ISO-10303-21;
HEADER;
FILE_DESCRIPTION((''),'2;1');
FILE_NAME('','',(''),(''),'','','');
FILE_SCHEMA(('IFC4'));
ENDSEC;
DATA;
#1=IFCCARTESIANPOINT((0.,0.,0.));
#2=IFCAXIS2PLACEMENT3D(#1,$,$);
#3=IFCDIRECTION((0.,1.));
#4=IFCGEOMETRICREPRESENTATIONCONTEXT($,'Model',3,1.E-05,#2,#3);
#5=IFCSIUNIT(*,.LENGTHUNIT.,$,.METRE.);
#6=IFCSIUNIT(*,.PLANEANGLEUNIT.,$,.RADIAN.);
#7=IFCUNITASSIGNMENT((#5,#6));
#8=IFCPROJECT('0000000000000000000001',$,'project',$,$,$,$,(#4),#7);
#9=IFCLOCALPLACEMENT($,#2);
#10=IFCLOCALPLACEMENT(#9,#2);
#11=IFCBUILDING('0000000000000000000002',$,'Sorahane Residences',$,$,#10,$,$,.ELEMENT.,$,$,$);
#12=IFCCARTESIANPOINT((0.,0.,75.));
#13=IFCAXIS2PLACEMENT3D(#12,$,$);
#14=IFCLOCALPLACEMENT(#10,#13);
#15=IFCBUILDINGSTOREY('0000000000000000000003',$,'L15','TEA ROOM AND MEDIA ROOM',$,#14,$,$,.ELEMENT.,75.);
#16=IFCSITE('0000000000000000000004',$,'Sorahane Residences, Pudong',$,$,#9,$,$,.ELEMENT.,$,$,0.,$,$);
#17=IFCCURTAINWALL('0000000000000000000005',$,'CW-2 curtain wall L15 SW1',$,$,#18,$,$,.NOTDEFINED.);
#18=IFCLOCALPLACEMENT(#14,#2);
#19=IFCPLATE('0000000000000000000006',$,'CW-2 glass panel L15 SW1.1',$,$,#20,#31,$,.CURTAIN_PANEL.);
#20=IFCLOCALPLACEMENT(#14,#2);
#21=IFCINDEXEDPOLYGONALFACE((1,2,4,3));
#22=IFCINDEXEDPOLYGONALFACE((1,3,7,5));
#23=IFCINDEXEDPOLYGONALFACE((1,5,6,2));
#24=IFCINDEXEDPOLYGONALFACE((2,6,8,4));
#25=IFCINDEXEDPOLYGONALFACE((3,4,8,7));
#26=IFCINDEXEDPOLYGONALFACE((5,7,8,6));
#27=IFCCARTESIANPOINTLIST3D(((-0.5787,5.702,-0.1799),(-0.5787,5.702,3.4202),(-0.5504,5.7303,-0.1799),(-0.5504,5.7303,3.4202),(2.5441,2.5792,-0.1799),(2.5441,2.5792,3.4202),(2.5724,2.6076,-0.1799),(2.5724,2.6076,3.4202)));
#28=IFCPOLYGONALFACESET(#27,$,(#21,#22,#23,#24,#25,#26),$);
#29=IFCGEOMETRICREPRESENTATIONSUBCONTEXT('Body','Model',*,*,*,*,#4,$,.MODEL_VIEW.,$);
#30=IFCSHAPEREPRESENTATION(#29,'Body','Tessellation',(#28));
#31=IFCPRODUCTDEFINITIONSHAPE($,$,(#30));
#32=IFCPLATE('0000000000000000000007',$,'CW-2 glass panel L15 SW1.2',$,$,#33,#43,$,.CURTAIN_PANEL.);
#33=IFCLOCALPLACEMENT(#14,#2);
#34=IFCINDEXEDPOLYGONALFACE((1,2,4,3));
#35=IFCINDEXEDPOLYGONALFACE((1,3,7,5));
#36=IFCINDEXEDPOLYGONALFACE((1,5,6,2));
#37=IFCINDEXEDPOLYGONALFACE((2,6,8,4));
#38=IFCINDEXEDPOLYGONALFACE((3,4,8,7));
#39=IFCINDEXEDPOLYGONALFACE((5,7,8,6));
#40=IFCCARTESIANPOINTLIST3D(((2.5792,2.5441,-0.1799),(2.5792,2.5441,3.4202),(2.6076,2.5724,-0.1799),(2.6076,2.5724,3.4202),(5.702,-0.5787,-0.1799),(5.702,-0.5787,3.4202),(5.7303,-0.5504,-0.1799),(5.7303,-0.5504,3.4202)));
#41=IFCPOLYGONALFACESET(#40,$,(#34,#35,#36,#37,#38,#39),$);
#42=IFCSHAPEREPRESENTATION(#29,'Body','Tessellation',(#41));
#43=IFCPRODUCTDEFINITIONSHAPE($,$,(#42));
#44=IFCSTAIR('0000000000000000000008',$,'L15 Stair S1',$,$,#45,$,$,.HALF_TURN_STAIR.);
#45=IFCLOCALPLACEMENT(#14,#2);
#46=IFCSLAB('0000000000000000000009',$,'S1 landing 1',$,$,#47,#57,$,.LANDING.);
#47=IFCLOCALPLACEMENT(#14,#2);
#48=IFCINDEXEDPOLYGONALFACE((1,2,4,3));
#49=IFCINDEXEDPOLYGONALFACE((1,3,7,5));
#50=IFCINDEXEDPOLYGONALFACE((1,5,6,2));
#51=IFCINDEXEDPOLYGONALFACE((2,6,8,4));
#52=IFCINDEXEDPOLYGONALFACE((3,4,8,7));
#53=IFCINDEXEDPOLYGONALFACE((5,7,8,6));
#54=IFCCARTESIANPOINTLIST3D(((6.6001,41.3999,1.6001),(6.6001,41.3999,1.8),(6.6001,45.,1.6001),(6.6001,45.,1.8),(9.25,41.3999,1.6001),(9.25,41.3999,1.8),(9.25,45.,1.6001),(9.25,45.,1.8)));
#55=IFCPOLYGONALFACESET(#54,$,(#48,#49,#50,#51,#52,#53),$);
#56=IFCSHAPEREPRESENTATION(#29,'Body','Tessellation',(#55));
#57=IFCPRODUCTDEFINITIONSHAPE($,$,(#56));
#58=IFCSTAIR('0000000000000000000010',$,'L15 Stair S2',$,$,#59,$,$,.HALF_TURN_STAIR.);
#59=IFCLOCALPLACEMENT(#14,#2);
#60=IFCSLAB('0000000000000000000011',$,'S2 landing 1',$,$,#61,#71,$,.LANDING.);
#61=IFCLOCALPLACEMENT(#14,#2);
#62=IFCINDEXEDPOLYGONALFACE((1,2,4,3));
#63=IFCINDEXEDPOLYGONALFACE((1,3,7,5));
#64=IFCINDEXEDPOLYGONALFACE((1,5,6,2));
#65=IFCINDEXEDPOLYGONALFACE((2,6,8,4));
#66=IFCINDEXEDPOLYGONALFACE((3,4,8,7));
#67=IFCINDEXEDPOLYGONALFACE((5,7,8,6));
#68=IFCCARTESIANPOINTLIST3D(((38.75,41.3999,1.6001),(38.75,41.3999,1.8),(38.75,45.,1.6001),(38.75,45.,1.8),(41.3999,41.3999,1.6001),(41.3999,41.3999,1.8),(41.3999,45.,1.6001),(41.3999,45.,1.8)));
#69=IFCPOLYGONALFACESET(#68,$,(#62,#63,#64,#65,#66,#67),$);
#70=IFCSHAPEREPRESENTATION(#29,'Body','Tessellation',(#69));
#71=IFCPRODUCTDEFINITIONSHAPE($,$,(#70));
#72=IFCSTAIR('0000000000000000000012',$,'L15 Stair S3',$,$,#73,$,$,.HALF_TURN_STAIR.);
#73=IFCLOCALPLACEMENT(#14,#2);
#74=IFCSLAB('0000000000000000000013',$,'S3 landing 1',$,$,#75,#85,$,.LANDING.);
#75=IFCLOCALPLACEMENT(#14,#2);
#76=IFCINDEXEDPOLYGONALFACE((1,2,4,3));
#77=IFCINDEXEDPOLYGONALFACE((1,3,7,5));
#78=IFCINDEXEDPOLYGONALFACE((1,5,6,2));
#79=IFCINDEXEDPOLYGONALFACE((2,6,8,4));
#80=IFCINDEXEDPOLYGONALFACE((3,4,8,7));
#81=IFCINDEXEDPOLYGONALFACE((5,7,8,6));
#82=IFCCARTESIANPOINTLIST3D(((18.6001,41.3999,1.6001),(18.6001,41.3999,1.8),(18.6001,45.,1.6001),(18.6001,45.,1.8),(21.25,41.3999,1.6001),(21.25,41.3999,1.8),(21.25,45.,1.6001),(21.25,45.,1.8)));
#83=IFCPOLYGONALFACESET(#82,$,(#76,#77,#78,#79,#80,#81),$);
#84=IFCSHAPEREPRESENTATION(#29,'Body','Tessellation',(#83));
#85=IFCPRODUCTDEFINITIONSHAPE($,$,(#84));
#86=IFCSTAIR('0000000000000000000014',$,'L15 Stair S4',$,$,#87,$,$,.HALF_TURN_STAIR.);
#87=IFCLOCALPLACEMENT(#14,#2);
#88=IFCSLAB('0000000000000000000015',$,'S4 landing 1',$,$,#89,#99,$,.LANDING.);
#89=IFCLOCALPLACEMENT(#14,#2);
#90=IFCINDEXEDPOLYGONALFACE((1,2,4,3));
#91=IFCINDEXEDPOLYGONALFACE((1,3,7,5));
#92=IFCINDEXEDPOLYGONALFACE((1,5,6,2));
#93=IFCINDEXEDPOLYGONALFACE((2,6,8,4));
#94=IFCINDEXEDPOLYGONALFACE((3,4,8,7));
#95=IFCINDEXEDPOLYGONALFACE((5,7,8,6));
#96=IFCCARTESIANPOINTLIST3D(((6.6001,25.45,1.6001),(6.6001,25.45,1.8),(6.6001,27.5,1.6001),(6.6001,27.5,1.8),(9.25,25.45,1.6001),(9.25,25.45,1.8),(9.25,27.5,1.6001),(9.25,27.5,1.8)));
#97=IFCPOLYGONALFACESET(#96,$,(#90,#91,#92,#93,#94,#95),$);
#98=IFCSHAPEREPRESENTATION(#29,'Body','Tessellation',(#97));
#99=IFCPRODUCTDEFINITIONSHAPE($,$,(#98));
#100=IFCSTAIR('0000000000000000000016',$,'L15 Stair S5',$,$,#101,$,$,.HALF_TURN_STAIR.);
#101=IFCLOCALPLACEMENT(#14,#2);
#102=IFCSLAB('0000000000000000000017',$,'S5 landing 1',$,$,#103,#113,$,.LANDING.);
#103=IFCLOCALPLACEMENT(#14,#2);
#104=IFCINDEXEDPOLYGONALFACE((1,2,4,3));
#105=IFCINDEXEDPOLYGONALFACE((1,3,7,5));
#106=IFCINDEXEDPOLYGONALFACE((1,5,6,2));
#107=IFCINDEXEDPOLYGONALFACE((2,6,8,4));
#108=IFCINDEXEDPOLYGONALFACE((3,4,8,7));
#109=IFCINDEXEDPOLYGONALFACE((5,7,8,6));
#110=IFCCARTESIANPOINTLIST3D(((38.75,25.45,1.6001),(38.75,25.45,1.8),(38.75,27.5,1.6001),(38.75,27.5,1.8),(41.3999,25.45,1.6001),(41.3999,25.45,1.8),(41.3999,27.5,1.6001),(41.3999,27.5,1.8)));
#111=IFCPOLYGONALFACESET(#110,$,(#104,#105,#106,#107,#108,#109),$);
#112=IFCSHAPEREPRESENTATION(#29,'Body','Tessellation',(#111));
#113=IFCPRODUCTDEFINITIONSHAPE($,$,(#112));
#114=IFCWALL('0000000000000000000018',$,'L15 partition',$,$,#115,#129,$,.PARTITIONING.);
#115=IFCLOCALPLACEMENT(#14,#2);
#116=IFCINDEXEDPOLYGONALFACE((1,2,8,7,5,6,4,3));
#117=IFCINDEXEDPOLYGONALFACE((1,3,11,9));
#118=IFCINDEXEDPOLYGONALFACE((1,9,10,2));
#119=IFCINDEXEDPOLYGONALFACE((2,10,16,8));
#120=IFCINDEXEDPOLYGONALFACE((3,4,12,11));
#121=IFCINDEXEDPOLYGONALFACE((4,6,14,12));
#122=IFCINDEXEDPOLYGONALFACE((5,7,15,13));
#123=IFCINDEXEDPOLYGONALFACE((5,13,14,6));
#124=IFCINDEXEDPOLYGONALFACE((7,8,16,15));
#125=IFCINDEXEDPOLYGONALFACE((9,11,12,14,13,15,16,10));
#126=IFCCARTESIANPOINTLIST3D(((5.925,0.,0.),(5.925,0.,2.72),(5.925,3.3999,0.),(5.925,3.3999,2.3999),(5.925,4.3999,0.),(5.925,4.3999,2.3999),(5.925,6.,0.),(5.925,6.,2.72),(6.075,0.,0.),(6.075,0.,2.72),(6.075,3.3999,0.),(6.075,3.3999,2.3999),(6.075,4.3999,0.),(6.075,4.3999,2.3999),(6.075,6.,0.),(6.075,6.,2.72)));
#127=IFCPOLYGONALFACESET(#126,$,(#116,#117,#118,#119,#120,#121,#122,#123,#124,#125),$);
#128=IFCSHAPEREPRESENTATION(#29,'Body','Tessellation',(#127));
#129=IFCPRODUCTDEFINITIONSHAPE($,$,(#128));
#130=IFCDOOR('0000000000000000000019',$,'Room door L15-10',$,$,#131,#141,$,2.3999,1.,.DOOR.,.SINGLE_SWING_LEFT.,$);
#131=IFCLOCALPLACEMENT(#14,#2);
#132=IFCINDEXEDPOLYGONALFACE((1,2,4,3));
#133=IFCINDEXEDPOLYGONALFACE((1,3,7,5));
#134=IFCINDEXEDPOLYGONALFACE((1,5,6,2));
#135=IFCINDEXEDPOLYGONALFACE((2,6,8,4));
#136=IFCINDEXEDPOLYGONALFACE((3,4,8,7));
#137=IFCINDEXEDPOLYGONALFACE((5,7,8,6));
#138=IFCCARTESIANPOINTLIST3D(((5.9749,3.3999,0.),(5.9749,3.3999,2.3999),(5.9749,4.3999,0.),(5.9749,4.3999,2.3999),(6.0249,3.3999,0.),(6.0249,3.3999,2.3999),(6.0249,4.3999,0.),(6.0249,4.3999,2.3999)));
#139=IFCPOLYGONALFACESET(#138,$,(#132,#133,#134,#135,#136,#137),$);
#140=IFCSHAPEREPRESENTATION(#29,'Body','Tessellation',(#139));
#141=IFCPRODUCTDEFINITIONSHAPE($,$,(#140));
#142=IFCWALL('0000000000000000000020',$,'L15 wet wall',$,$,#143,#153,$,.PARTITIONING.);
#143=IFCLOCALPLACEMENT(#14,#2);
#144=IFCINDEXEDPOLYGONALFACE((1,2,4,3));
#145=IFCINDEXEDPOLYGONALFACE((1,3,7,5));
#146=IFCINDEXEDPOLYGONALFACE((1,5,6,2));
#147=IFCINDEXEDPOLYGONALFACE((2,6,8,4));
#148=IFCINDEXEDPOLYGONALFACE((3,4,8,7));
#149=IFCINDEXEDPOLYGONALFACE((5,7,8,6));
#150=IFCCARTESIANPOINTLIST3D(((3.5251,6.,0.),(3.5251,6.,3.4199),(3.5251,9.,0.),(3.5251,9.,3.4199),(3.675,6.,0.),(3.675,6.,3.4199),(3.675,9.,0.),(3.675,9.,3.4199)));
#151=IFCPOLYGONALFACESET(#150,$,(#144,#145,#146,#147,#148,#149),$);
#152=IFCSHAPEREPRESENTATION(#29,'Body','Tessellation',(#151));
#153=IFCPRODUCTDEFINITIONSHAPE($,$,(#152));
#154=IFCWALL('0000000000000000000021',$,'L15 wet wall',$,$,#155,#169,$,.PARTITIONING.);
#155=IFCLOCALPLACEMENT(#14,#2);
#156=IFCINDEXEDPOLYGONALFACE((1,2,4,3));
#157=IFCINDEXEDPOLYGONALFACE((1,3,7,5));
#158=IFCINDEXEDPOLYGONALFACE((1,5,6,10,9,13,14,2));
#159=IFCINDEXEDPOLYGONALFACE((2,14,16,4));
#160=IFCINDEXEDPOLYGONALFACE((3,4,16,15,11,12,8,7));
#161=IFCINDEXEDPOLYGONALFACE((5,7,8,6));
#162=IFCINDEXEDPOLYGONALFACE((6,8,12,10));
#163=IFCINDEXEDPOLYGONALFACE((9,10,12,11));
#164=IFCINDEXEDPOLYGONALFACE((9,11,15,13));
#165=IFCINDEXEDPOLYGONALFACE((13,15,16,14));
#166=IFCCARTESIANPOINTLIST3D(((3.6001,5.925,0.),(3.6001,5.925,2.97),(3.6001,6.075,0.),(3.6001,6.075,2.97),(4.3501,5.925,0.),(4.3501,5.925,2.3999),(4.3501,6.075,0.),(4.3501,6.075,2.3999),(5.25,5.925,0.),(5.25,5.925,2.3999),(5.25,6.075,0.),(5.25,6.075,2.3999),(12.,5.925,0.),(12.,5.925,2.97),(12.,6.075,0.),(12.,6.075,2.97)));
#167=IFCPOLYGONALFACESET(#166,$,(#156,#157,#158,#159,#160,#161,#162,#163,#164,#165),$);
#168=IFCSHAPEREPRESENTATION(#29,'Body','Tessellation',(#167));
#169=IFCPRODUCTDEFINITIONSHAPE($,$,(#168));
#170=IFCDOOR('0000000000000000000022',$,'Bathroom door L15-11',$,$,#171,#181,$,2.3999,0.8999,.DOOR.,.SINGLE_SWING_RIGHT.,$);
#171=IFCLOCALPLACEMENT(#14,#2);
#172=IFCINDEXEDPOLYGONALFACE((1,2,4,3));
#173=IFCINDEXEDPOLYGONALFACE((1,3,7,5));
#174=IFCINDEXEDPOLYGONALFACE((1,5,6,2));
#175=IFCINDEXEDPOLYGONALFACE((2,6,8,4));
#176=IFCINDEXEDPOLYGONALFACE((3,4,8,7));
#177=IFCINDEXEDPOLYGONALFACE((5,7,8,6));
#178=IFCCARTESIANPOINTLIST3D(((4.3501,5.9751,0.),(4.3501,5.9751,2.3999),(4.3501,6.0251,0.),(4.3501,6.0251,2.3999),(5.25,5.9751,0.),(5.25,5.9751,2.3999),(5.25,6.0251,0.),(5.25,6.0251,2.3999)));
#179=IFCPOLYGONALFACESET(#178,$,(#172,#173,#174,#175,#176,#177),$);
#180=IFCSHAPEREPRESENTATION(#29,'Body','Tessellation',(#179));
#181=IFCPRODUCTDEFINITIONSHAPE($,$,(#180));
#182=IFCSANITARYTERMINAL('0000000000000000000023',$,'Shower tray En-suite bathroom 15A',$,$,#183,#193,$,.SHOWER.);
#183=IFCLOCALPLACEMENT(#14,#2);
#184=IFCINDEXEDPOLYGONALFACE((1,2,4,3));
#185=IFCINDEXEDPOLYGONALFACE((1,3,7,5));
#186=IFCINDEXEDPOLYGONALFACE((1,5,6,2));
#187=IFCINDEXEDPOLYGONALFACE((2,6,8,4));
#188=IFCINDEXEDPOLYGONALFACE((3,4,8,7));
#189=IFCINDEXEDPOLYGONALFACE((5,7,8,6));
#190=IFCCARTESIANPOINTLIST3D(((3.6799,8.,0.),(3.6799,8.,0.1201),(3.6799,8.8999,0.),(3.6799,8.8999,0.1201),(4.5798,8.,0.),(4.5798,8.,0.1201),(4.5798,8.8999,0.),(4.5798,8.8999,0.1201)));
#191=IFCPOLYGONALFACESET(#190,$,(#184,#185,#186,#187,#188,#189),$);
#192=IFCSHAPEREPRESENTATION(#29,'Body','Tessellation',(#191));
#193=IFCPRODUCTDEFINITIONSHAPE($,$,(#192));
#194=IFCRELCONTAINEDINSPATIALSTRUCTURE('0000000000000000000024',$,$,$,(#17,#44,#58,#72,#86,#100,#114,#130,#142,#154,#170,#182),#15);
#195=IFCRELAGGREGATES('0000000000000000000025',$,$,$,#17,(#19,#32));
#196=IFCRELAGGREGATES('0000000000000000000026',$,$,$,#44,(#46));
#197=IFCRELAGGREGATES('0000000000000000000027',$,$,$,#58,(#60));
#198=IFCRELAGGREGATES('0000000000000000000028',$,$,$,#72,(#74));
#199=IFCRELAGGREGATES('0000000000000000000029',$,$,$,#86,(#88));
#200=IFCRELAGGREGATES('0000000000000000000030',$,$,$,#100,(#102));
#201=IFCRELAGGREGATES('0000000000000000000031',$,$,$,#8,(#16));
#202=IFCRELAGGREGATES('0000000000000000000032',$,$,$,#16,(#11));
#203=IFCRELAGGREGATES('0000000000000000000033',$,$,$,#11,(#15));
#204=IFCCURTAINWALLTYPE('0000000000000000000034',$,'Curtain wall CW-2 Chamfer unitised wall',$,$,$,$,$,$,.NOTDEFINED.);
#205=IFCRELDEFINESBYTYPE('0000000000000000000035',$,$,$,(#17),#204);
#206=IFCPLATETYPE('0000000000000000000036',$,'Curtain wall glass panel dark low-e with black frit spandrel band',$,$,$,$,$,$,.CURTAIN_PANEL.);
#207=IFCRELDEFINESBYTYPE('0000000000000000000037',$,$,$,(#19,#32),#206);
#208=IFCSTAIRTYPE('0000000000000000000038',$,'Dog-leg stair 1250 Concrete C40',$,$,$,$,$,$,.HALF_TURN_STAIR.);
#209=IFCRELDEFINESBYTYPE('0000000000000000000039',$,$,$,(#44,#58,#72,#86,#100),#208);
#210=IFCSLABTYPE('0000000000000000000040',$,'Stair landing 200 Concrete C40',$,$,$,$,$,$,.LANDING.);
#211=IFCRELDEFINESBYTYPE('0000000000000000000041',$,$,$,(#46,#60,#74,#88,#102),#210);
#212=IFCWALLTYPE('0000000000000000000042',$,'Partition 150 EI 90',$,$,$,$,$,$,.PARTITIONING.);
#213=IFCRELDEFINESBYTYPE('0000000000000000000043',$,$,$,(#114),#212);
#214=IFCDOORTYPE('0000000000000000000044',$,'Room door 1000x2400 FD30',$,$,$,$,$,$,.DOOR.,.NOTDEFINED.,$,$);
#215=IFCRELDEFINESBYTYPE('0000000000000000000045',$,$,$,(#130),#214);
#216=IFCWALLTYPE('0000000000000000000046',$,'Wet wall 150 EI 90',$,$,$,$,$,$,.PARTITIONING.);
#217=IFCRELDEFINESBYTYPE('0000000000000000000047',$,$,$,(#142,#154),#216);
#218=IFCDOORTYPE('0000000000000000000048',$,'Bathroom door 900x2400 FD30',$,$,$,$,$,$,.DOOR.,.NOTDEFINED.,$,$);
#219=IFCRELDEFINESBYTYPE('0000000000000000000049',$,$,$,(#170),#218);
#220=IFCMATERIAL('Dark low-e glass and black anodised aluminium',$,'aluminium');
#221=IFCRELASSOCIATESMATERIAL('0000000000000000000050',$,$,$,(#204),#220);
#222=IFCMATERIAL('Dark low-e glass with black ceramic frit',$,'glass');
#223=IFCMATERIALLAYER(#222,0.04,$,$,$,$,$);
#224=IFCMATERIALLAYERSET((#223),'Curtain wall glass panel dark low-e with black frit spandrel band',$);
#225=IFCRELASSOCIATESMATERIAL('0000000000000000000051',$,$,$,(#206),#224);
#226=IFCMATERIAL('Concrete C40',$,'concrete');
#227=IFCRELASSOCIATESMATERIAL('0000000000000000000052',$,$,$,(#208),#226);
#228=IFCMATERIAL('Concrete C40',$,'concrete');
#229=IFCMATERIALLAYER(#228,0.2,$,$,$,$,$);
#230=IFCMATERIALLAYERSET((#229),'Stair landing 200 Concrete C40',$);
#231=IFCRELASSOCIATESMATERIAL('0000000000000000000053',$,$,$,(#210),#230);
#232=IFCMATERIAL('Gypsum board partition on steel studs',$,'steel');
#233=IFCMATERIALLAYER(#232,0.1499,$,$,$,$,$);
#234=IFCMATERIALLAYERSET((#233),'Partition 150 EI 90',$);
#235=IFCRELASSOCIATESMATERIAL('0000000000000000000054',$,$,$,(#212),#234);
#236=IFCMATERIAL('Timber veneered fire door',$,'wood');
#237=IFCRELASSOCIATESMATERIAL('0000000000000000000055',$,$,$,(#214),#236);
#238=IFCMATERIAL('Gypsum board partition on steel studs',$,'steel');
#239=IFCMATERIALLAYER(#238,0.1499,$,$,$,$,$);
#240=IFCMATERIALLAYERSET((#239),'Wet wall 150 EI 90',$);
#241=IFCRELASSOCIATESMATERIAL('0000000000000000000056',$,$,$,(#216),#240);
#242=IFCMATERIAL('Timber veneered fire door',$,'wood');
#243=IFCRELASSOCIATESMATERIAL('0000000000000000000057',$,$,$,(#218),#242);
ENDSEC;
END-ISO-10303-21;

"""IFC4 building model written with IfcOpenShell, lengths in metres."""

from ifc_helpers import new_model, si_unit, direction, frame, frame_2d, origin, origin_2d, place, context, subcontext, project, spatial, polyline, rectangle, outline, extrude, material, layer, layer_set, type_object, element, fill, aggregate, save


model = new_model("IFC4")

# Units and contexts
model_context = context("Model", 3, precision=1e-05, world=origin(), true_north=direction((0.0, 1.0)))
body_context = subcontext(model_context, "Body", "Model", "MODEL_VIEW")
ifc_project = project(units=[si_unit("LENGTHUNIT", "METRE"), si_unit("PLANEANGLEUNIT", "RADIAN")], contexts=[model_context])

# Site, building, storey
site_placement = place(None, origin())
site = spatial("IfcSite", under=ifc_project, at=site_placement, Name="Sorahane Residences, Pudong", CompositionType="ELEMENT", RefElevation=0.0)
building_placement = place(site_placement, origin())
building = spatial("IfcBuilding", under=site, at=building_placement, Name="Sorahane Residences", CompositionType="ELEMENT")
storey_placement = place(building_placement, frame((0.0, 0.0, 75.0)))
storey = spatial("IfcBuildingStorey", under=building, at=storey_placement, Name="L15", Description="TEA ROOM AND MEDIA ROOM", CompositionType="ELEMENT", Elevation=75.0)

# Curtain wall
ifc_material_1 = material(Name="Dark low-e glass and black anodised aluminium", Category="aluminium")
curtain_wall_type_1 = type_object("IfcCurtainWallType", Name="Curtain wall CW-2 Chamfer unitised wall", PredefinedType="NOTDEFINED", material=ifc_material_1)
curtain_wall_1_placement = place(storey_placement, origin())
curtain_wall_1 = element("IfcCurtainWall", 1, at=curtain_wall_1_placement, inside=storey, type_object=curtain_wall_type_1, Name="CW-2 curtain wall L15 SW1", PredefinedType="NOTDEFINED")

# Plates
ifc_material_2 = material(Name="Dark low-e glass with black ceramic frit", Category="glass")
ifc_layer_1 = layer(ifc_material_2, 0.04)
ifc_layer_set_1 = layer_set([ifc_layer_1], Name="Curtain wall glass panel dark low-e with black frit spandrel band")
plate_type = type_object("IfcPlateType", Name="Curtain wall glass panel dark low-e with black frit spandrel band", PredefinedType="CURTAIN_PANEL", material=ifc_layer_set_1)
plate_1_placement = place(storey_placement, frame((0.9968, 4.1548, -0.1799), z_axis=(0.0, 0.0, 1.0), x_axis=(0.707107, -0.707107, 0.0)))
plate_1 = element("IfcPlate", 2, at=plate_1_placement, type_object=plate_type, Name="CW-2 glass panel L15 SW1.1", PredefinedType="CURTAIN_PANEL", context=body_context, shape_type="SweptSolid", body=[
    extrude(rectangle(XDim=4.4163, YDim=0.04, at=origin_2d()), origin(), (0.0, 0.0, 1.0), 3.6001),
])
plate_2_placement = place(storey_placement, frame((4.1548, 0.9968, -0.1799), z_axis=(0.0, 0.0, 1.0), x_axis=(0.707107, -0.707107, 0.0)))
plate_2 = element("IfcPlate", 3, at=plate_2_placement, type_object=plate_type, Name="CW-2 glass panel L15 SW1.2", PredefinedType="CURTAIN_PANEL", context=body_context, shape_type="SweptSolid", body=[
    extrude(rectangle(XDim=4.4163, YDim=0.04, at=origin_2d()), origin(), (0.0, 0.0, 1.0), 3.6001),
])
aggregate(curtain_wall_1, [plate_1, plate_2])

# Stairs, slabs
ifc_material_3 = material(Name="Concrete C40", Category="concrete")
stair_type = type_object("IfcStairType", Name="Dog-leg stair 1250 Concrete C40", PredefinedType="HALF_TURN_STAIR", material=ifc_material_3)
stair_1_placement = place(storey_placement, origin())
stair_1 = element("IfcStair", 4, at=stair_1_placement, inside=storey, type_object=stair_type, Name="L15 Stair S1", PredefinedType="HALF_TURN_STAIR")
ifc_material_4 = material(Name="Concrete C40", Category="concrete")
ifc_layer_2 = layer(ifc_material_4, 0.2)
ifc_layer_set_2 = layer_set([ifc_layer_2], Name="Stair landing 200 Concrete C40")
slab_type_1 = type_object("IfcSlabType", Name="Stair landing 200 Concrete C40", PredefinedType="LANDING", material=ifc_layer_set_2)
slab_1_placement = place(storey_placement, frame((0.0, 0.0, 1.6001)))
slab_1 = element("IfcSlab", 5, at=slab_1_placement, type_object=slab_type_1, Name="S1 landing 1", PredefinedType="LANDING", context=body_context, shape_type="SweptSolid", body=[
    extrude(outline(polyline([(9.25, 41.3999), (9.25, 45.0), (6.6001, 45.0), (6.6001, 41.3999), (9.25, 41.3999)])), origin(), (0.0, 0.0, 1.0), 0.2),
])
aggregate(stair_1, [slab_1])
stair_2_placement = place(storey_placement, origin())
stair_2 = element("IfcStair", 6, at=stair_2_placement, inside=storey, type_object=stair_type, Name="L15 Stair S2", PredefinedType="HALF_TURN_STAIR")
slab_2_placement = place(storey_placement, frame((0.0, 0.0, 1.6001)))
slab_2 = element("IfcSlab", 7, at=slab_2_placement, type_object=slab_type_1, Name="S2 landing 1", PredefinedType="LANDING", context=body_context, shape_type="SweptSolid", body=[
    extrude(outline(polyline([(41.3999, 41.3999), (41.3999, 45.0), (38.75, 45.0), (38.75, 41.3999), (41.3999, 41.3999)])), origin(), (0.0, 0.0, 1.0), 0.2),
])
aggregate(stair_2, [slab_2])
stair_3_placement = place(storey_placement, origin())
stair_3 = element("IfcStair", 8, at=stair_3_placement, inside=storey, type_object=stair_type, Name="L15 Stair S3", PredefinedType="HALF_TURN_STAIR")
slab_3_placement = place(storey_placement, frame((0.0, 0.0, 1.6001)))
slab_3 = element("IfcSlab", 9, at=slab_3_placement, type_object=slab_type_1, Name="S3 landing 1", PredefinedType="LANDING", context=body_context, shape_type="SweptSolid", body=[
    extrude(outline(polyline([(21.25, 41.3999), (21.25, 45.0), (18.6001, 45.0), (18.6001, 41.3999), (21.25, 41.3999)])), origin(), (0.0, 0.0, 1.0), 0.2),
])
aggregate(stair_3, [slab_3])
stair_4_placement = place(storey_placement, origin())
stair_4 = element("IfcStair", 10, at=stair_4_placement, inside=storey, type_object=stair_type, Name="L15 Stair S4", PredefinedType="HALF_TURN_STAIR")
slab_4_placement = place(storey_placement, frame((0.0, 0.0, 1.6001)))
slab_4 = element("IfcSlab", 11, at=slab_4_placement, type_object=slab_type_1, Name="S4 landing 1", PredefinedType="LANDING", context=body_context, shape_type="SweptSolid", body=[
    extrude(outline(polyline([(9.25, 25.45), (9.25, 27.5), (6.6001, 27.5), (6.6001, 25.45), (9.25, 25.45)])), origin(), (0.0, 0.0, 1.0), 0.2),
])
aggregate(stair_4, [slab_4])
stair_5_placement = place(storey_placement, origin())
stair_5 = element("IfcStair", 12, at=stair_5_placement, inside=storey, type_object=stair_type, Name="L15 Stair S5", PredefinedType="HALF_TURN_STAIR")
slab_5_placement = place(storey_placement, frame((0.0, 0.0, 1.6001)))
slab_5 = element("IfcSlab", 13, at=slab_5_placement, type_object=slab_type_1, Name="S5 landing 1", PredefinedType="LANDING", context=body_context, shape_type="SweptSolid", body=[
    extrude(outline(polyline([(41.3999, 25.45), (41.3999, 27.5), (38.75, 27.5), (38.75, 25.45), (41.3999, 25.45)])), origin(), (0.0, 0.0, 1.0), 0.2),
])
aggregate(stair_5, [slab_5])

# Wall, opening, door
ifc_material_5 = material(Name="Gypsum board partition on steel studs", Category="steel")
ifc_layer_3 = layer(ifc_material_5, 0.1499)
ifc_layer_set_3 = layer_set([ifc_layer_3], Name="Partition 150 EI 90")
wall_type_1 = type_object("IfcWallType", Name="Partition 150 EI 90", PredefinedType="PARTITIONING", material=ifc_layer_set_3)
wall_1_placement = place(storey_placement, frame((6.0, 0.0, 0.0), z_axis=(0.0, 0.0, 1.0), x_axis=(0.0, 1.0, 0.0)))
wall_1 = element("IfcWall", 14, at=wall_1_placement, inside=storey, type_object=wall_type_1, Name="L15 partition", PredefinedType="PARTITIONING", context=body_context, shape_type="SweptSolid", body=[
    extrude(rectangle(XDim=6.0, YDim=0.1499, at=frame_2d((3.0, 0.0))), origin(), (0.0, 0.0, 1.0), 2.72),
])
opening_1_placement = place(wall_1_placement, frame((3.3999, 0.0, 0.0)))
opening_1 = element("IfcOpeningElement", 15, at=opening_1_placement, cuts=wall_1, PredefinedType="OPENING", context=body_context, shape_type="SweptSolid", body=[
    extrude(rectangle(XDim=1.0, YDim=2.3999, at=frame_2d((0.5, 1.2))), frame((0.0, 0.085, 0.0), z_axis=(0.0, -1.0, 0.0), x_axis=(1.0, 0.0, 0.0)), (0.0, 0.0, 1.0), 0.1699),
])
ifc_material_6 = material(Name="Timber veneered fire door", Category="wood")
door_type_1 = type_object("IfcDoorType", Name="Room door 1000x2400 FD30", OperationType="NOTDEFINED", PredefinedType="DOOR", material=ifc_material_6)
door_1_placement = place(opening_1_placement, frame((1.0, 0.0, 0.0), z_axis=(0.0, 0.0, 1.0), x_axis=(-1.0, 0.0, 0.0)))
door_1 = element("IfcDoor", 16, at=door_1_placement, inside=storey, type_object=door_type_1, Name="Room door L15-10", OperationType="SINGLE_SWING_LEFT", OverallHeight=2.3999, OverallWidth=1.0, PredefinedType="DOOR", context=body_context, shape_type="SweptSolid", body=[
    extrude(rectangle(XDim=1.0, YDim=2.3999, at=frame_2d((0.5, 1.2))), frame((0.0, 0.0249, 0.0), z_axis=(0.0, -1.0, 0.0), x_axis=(1.0, 0.0, 0.0)), (0.0, 0.0, 1.0), 0.05),
])
fill(opening_1, door_1)

# Wall
ifc_material_7 = material(Name="Gypsum board partition on steel studs", Category="steel")
ifc_layer_4 = layer(ifc_material_7, 0.1499)
ifc_layer_set_4 = layer_set([ifc_layer_4], Name="Wet wall 150 EI 90")
wall_type_2 = type_object("IfcWallType", Name="Wet wall 150 EI 90", PredefinedType="PARTITIONING", material=ifc_layer_set_4)
wall_2_placement = place(storey_placement, frame((3.6001, 6.0, 0.0), z_axis=(0.0, 0.0, 1.0), x_axis=(0.0, 1.0, 0.0)))
element("IfcWall", 17, at=wall_2_placement, inside=storey, type_object=wall_type_2, Name="L15 wet wall", PredefinedType="PARTITIONING", context=body_context, shape_type="SweptSolid", body=[
    extrude(rectangle(XDim=3.0, YDim=0.1499, at=frame_2d((1.5, 0.0))), origin(), (0.0, 0.0, 1.0), 3.4199),
])

# Wall, opening, door
wall_3_placement = place(storey_placement, frame((3.6001, 6.0, 0.0), z_axis=(0.0, 0.0, 1.0), x_axis=(1.0, 0.0, 0.0)))
wall_3 = element("IfcWall", 18, at=wall_3_placement, inside=storey, type_object=wall_type_2, Name="L15 wet wall", PredefinedType="PARTITIONING", context=body_context, shape_type="SweptSolid", body=[
    extrude(rectangle(XDim=8.3999, YDim=0.1499, at=frame_2d((4.2, 0.0))), origin(), (0.0, 0.0, 1.0), 2.97),
])
opening_2_placement = place(wall_3_placement, frame((0.75, 0.0, 0.0)))
opening_2 = element("IfcOpeningElement", 19, at=opening_2_placement, cuts=wall_3, PredefinedType="OPENING", context=body_context, shape_type="SweptSolid", body=[
    extrude(rectangle(XDim=0.8999, YDim=2.3999, at=frame_2d((0.45, 1.2))), frame((0.0, 0.085, 0.0), z_axis=(0.0, -1.0, 0.0), x_axis=(1.0, 0.0, 0.0)), (0.0, 0.0, 1.0), 0.1699),
])
ifc_material_8 = material(Name="Timber veneered fire door", Category="wood")
door_type_2 = type_object("IfcDoorType", Name="Bathroom door 900x2400 FD30", OperationType="NOTDEFINED", PredefinedType="DOOR", material=ifc_material_8)
door_2_placement = place(opening_2_placement, frame((0.8999, 0.0, 0.0), z_axis=(0.0, 0.0, 1.0), x_axis=(-1.0, 0.0, 0.0)))
door_2 = element("IfcDoor", 20, at=door_2_placement, inside=storey, type_object=door_type_2, Name="Bathroom door L15-11", OperationType="SINGLE_SWING_RIGHT", OverallHeight=2.3999, OverallWidth=0.8999, PredefinedType="DOOR", context=body_context, shape_type="SweptSolid", body=[
    extrude(rectangle(XDim=0.8999, YDim=2.3999, at=frame_2d((0.45, 1.2))), frame((0.0, 0.0249, 0.0), z_axis=(0.0, -1.0, 0.0), x_axis=(1.0, 0.0, 0.0)), (0.0, 0.0, 1.0), 0.05),
])
fill(opening_2, door_2)

# Sanitary terminal
sanitary_terminal_placement = place(storey_placement, frame((4.1299, 8.45, 0.0), z_axis=(0.0, 0.0, 1.0), x_axis=(1.0, 0.0, 0.0)))
element("IfcSanitaryTerminal", 21, at=sanitary_terminal_placement, inside=storey, Name="Shower tray En-suite bathroom 15A", PredefinedType="SHOWER", context=body_context, shape_type="SweptSolid", body=[
    extrude(rectangle(XDim=0.8999, YDim=0.8999, at=origin_2d()), origin(), (0.0, 0.0, 1.0), 0.1201),
])

save(model, "model.ifc")
